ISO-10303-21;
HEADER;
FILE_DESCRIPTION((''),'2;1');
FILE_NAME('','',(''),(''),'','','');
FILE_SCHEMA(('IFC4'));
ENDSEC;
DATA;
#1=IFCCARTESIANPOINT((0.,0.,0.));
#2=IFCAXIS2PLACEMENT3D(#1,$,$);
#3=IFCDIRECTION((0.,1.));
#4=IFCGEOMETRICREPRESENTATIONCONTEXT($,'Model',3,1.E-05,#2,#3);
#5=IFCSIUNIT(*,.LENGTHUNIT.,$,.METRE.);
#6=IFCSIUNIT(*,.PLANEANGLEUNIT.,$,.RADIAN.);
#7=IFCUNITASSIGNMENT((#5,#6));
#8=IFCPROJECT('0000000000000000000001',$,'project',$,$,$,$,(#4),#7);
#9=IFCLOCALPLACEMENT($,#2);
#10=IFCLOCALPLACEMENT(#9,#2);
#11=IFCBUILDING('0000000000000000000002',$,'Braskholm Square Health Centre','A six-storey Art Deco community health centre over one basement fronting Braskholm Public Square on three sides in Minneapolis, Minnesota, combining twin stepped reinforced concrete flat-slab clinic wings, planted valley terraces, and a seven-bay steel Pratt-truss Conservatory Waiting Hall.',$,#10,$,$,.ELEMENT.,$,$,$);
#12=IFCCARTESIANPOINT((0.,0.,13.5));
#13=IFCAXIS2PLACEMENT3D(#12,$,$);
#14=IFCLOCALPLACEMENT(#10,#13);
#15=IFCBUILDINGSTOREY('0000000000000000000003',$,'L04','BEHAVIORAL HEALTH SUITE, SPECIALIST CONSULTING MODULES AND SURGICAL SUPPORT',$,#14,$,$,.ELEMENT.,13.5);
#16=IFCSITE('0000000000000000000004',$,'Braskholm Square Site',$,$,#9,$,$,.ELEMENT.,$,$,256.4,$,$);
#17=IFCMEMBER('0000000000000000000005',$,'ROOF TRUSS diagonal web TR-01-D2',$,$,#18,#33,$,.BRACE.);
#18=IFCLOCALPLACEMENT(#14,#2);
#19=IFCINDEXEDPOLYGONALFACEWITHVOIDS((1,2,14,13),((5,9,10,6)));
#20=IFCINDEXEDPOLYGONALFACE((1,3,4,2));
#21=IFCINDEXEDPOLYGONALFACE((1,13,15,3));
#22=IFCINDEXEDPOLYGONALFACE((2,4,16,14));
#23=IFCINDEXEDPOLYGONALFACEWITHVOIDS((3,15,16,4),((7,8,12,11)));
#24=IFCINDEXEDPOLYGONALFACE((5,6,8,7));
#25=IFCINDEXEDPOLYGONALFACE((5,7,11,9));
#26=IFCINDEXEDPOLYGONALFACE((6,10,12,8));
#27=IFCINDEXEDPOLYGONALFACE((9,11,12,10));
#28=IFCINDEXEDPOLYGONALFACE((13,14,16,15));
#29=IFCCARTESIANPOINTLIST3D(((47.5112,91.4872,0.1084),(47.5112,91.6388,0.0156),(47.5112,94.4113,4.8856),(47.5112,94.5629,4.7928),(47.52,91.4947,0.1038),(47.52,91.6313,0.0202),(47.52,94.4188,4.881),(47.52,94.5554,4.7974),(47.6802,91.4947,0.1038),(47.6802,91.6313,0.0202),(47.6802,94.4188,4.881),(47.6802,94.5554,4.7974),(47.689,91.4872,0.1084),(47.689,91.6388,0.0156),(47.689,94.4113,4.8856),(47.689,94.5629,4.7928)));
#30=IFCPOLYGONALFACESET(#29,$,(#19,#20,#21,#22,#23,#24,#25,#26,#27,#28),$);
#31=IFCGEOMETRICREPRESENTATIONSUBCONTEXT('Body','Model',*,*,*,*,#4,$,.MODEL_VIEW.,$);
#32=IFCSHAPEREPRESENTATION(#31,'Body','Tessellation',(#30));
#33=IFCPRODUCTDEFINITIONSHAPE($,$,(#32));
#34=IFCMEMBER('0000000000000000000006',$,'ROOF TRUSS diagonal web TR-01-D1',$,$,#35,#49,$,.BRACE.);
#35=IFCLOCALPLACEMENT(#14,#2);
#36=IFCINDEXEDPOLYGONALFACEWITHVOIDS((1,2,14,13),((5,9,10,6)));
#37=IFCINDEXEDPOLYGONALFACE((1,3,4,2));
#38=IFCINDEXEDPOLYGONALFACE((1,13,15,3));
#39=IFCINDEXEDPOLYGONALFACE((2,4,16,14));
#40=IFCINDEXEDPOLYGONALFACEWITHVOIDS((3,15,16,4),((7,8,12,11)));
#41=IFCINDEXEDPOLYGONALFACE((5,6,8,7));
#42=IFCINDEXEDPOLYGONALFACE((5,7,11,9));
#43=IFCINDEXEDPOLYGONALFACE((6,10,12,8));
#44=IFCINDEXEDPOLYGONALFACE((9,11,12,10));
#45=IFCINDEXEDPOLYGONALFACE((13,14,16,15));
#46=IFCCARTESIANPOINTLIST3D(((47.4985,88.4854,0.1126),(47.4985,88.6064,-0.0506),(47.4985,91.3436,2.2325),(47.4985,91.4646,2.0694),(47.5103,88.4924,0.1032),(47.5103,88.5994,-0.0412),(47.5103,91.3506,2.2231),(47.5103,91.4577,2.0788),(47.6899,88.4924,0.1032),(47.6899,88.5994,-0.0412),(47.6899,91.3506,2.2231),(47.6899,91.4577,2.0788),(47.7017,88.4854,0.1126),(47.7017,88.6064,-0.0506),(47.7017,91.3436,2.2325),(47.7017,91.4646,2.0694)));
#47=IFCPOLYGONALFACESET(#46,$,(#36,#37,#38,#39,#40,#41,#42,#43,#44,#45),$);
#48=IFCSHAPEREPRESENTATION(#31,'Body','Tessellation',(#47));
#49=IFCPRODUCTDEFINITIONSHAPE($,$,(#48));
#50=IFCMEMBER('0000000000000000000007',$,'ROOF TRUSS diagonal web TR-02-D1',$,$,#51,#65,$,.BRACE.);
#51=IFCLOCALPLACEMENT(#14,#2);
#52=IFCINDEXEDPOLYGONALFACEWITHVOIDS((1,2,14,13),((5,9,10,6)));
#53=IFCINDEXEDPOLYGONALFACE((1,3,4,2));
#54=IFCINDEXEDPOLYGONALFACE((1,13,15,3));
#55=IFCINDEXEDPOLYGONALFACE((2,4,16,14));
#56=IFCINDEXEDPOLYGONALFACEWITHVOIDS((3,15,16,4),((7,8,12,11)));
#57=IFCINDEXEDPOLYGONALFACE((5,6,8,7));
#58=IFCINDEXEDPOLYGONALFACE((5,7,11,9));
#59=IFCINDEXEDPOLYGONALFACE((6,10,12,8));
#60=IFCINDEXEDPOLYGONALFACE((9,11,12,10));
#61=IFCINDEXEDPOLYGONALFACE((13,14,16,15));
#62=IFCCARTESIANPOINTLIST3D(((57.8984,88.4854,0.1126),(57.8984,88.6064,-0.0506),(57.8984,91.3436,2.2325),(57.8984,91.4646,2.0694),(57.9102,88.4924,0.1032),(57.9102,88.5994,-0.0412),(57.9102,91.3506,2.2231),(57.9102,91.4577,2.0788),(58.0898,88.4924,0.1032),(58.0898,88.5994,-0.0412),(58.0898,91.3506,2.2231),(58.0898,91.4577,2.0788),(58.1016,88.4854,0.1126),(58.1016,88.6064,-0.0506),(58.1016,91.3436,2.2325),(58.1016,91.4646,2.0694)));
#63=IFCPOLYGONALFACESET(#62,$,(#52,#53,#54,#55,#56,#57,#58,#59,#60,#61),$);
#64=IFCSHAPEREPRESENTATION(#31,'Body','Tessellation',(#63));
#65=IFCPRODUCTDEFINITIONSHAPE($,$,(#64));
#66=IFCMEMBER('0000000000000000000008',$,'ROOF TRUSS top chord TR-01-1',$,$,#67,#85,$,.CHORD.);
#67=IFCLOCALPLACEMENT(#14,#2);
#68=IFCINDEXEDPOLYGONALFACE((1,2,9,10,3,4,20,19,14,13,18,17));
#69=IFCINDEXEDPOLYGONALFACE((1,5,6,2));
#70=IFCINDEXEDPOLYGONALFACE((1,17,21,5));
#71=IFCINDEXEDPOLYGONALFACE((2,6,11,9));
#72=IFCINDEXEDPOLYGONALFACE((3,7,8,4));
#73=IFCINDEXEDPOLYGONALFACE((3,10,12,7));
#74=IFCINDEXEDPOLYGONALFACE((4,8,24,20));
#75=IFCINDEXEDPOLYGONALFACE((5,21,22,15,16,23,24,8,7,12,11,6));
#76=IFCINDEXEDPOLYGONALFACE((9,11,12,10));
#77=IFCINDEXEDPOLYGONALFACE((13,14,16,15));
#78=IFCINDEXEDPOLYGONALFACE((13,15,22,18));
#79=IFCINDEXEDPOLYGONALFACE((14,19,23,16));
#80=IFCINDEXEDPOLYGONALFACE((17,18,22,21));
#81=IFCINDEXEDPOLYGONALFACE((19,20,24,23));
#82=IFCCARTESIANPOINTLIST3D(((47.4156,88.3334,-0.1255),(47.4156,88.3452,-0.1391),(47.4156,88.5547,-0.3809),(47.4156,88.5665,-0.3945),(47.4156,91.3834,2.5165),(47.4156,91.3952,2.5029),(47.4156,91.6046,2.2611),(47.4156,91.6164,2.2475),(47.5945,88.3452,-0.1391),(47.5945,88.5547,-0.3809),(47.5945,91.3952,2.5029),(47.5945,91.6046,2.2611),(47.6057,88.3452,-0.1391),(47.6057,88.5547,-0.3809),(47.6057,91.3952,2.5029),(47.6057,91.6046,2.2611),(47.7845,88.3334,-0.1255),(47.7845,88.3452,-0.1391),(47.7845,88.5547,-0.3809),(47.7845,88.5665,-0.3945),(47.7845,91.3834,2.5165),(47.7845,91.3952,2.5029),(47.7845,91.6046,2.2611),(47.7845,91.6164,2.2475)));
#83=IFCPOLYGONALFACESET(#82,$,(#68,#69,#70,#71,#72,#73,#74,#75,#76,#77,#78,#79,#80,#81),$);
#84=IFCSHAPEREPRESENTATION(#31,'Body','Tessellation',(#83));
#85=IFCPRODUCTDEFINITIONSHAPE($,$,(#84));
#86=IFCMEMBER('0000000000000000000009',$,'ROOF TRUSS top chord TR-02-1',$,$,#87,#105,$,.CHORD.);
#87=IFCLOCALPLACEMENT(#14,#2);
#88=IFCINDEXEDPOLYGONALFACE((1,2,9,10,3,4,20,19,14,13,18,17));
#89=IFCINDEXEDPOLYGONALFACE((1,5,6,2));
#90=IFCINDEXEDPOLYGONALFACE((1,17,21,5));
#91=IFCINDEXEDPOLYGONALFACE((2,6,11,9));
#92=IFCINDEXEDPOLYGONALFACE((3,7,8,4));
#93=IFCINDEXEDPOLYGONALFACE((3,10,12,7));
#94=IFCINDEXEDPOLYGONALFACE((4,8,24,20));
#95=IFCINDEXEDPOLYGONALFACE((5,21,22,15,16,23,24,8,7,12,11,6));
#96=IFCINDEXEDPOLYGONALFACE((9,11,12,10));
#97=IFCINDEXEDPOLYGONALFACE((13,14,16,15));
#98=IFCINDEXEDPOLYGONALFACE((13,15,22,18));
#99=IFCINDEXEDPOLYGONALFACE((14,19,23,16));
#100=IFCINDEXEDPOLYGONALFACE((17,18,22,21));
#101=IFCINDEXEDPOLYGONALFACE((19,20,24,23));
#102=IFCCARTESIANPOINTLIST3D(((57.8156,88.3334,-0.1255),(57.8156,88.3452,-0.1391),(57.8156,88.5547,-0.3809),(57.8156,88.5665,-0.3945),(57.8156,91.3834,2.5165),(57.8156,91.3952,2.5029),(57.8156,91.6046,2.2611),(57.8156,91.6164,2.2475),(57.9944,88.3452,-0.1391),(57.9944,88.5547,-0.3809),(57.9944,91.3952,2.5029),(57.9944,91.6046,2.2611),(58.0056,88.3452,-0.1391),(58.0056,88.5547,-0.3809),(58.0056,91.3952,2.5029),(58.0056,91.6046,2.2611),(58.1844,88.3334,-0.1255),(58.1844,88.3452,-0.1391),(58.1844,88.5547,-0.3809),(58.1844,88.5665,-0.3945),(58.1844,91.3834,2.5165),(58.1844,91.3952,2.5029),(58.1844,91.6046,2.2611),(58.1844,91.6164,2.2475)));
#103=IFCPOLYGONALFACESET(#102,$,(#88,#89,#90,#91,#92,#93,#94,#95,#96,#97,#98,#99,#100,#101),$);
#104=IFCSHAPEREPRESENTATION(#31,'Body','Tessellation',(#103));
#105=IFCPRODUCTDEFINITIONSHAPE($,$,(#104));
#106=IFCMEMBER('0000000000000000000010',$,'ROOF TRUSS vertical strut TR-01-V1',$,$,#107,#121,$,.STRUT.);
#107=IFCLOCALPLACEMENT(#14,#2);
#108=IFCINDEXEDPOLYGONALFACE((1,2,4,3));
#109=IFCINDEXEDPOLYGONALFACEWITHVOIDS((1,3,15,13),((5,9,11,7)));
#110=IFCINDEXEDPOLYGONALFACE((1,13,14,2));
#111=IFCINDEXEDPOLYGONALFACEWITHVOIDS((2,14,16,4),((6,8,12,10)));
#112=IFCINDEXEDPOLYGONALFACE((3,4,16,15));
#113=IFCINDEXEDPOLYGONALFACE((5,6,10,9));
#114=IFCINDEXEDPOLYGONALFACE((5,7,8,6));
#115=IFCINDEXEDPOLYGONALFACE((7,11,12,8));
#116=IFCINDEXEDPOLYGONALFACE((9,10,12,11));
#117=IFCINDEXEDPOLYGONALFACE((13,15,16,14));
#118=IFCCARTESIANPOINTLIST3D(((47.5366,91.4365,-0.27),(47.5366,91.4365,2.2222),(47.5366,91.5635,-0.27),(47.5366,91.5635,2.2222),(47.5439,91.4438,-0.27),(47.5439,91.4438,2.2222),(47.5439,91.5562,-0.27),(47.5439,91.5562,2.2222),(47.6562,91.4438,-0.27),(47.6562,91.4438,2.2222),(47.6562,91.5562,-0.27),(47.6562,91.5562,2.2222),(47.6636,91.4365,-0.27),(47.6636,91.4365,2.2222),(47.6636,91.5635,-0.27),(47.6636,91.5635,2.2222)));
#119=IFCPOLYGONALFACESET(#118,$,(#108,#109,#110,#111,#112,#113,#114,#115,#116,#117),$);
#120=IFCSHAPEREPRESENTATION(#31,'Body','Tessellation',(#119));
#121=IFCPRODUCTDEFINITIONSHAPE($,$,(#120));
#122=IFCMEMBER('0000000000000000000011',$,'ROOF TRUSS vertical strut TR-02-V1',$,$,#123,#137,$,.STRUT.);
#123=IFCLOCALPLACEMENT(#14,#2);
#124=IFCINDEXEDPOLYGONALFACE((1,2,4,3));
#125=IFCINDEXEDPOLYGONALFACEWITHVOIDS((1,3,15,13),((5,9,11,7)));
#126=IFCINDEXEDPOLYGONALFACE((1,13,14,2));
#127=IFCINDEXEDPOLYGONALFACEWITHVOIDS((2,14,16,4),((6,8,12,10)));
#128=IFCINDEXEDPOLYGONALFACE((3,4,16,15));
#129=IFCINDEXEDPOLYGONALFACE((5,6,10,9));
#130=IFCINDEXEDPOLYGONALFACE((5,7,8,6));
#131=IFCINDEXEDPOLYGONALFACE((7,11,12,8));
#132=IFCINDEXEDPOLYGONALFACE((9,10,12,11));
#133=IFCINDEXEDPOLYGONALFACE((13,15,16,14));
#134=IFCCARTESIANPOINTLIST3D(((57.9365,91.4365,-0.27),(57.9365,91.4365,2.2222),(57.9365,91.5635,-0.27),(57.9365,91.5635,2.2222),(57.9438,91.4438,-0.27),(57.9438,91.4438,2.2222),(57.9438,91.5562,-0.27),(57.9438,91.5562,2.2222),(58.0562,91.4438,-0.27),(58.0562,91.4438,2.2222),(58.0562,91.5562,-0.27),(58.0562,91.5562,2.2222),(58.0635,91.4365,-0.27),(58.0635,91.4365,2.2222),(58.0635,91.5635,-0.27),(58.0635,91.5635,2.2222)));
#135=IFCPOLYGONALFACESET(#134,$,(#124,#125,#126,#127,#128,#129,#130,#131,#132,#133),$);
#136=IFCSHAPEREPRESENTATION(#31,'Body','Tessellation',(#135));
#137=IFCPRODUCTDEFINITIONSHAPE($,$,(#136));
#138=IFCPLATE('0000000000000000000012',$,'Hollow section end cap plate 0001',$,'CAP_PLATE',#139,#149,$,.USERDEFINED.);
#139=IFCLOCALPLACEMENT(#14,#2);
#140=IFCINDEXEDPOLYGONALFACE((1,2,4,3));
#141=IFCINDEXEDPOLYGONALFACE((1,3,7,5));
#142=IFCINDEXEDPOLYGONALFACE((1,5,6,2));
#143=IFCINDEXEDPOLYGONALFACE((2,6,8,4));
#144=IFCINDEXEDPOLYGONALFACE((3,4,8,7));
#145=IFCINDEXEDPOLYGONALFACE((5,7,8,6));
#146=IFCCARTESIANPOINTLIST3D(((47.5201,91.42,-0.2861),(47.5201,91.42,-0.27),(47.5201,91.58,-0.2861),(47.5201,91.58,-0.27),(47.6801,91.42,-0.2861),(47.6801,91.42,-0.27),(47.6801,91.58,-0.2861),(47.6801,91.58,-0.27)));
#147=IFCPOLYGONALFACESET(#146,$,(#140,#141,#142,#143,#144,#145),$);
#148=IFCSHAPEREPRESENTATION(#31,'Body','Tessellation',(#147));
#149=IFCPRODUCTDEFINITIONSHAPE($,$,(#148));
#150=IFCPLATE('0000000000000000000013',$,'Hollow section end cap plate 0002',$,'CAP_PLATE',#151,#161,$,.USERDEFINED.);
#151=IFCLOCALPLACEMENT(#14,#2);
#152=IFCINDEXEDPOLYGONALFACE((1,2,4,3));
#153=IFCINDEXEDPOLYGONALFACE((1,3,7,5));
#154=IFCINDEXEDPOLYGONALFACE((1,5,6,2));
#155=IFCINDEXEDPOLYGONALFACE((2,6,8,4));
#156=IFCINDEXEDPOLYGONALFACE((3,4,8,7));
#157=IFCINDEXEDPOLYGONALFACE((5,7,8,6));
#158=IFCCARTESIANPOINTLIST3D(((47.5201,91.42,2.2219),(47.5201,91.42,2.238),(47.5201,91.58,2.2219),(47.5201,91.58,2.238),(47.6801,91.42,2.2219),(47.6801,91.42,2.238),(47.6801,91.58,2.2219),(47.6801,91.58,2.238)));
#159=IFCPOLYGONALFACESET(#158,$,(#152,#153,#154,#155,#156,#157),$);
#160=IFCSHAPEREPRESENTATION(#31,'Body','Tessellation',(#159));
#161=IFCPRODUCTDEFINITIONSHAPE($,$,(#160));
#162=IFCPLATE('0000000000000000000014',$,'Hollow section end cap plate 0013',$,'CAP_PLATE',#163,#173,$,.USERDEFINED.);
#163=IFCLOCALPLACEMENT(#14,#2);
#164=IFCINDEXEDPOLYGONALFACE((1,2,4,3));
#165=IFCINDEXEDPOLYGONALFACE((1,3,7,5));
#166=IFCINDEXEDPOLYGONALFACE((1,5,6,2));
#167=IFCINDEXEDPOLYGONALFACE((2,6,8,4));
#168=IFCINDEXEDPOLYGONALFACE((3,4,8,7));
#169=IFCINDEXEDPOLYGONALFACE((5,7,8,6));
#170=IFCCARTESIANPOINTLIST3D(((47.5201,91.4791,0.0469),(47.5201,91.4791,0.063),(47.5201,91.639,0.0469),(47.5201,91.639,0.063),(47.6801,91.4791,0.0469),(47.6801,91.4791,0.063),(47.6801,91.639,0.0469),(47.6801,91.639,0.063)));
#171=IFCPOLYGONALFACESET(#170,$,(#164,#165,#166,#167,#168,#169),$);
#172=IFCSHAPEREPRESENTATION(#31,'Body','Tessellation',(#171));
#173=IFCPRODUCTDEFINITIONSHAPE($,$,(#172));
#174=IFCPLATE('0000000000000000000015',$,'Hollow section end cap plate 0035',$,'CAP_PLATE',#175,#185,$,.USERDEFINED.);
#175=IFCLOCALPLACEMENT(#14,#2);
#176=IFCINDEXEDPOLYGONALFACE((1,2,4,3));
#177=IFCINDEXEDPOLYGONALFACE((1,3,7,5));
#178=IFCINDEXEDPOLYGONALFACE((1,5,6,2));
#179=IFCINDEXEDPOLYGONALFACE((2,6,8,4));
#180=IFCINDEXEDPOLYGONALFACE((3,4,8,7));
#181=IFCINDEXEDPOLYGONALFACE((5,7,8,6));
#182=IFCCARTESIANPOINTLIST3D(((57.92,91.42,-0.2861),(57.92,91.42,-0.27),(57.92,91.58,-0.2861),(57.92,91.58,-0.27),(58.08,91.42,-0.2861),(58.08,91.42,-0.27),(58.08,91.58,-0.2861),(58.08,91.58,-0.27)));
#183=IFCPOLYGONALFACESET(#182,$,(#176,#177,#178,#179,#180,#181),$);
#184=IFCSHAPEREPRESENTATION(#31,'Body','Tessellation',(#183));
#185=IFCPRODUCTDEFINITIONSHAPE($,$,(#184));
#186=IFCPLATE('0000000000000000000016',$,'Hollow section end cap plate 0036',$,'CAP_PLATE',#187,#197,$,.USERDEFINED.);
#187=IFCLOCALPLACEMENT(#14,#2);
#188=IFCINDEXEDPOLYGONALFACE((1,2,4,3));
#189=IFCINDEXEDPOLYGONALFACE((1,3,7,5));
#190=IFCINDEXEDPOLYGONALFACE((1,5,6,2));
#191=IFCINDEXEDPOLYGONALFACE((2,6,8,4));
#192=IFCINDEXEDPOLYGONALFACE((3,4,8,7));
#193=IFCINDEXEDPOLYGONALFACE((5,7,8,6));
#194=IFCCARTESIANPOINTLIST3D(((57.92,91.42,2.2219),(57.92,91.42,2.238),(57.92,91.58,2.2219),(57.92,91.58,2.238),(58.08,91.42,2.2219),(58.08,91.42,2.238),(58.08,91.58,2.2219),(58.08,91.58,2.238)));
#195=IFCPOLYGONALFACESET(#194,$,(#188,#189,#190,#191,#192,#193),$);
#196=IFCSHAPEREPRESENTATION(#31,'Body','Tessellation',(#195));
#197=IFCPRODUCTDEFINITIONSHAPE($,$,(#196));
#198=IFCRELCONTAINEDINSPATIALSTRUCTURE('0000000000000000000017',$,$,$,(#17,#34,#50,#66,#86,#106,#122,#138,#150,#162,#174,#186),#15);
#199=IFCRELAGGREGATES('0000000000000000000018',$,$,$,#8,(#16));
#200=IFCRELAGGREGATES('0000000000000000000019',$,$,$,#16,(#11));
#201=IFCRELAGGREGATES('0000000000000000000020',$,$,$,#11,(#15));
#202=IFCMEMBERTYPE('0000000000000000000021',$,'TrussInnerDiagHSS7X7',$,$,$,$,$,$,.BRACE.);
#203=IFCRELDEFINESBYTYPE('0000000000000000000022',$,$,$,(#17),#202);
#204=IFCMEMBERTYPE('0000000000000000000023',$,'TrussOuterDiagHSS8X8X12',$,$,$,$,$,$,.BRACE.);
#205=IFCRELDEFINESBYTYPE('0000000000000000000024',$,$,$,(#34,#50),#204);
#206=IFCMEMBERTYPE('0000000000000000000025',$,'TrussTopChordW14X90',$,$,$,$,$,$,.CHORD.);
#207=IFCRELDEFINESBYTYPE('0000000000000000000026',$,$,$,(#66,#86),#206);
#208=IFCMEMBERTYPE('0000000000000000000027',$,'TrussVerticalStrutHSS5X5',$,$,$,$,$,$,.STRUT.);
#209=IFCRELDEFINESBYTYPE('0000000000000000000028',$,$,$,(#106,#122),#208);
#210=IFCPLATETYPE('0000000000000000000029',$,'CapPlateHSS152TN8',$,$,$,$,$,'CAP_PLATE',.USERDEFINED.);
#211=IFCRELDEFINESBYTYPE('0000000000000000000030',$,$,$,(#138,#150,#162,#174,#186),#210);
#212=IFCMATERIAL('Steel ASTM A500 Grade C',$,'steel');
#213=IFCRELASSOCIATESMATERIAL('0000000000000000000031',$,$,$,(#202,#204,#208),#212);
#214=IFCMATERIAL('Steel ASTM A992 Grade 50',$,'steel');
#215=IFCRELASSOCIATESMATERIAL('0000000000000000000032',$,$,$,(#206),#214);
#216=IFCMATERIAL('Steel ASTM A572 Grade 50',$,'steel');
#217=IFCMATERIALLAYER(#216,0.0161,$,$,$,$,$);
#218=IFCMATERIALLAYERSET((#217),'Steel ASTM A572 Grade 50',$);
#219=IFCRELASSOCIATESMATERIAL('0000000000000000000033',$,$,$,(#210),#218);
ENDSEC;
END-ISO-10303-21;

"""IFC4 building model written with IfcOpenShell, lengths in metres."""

from ifc_helpers import new_model, si_unit, direction, frame, origin, origin_2d, place, context, subcontext, project, spatial, rectangle, hollow_rectangle, i_section, extrude, material, layer, layer_set, material_profile, profile_set, type_object, element, save


model = new_model("IFC4")

# Units and contexts
model_context = context("Model", 3, precision=1e-05, world=origin(), true_north=direction((0.0, 1.0)))
body_context = subcontext(model_context, "Body", "Model", "MODEL_VIEW")
ifc_project = project(units=[si_unit("LENGTHUNIT", "METRE"), si_unit("PLANEANGLEUNIT", "RADIAN")], contexts=[model_context])

# Site, building, storey
site_placement = place(None, origin())
site = spatial("IfcSite", under=ifc_project, at=site_placement, Name="Braskholm Square Site", CompositionType="ELEMENT", RefElevation=256.4)
building_placement = place(site_placement, origin())
building = spatial("IfcBuilding", under=site, at=building_placement, Name="Braskholm Square Health Centre", Description="A six-storey Art Deco community health centre over one basement fronting Braskholm Public Square on three sides in Minneapolis, Minnesota, combining twin stepped reinforced concrete flat-slab clinic wings, planted valley terraces, and a seven-bay steel Pratt-truss Conservatory Waiting Hall.", CompositionType="ELEMENT")
storey_placement = place(building_placement, frame((0.0, 0.0, 13.5)))
storey = spatial("IfcBuildingStorey", under=building, at=storey_placement, Name="L04", Description="BEHAVIORAL HEALTH SUITE, SPECIALIST CONSULTING MODULES AND SURGICAL SUPPORT", CompositionType="ELEMENT", Elevation=13.5)

# Shared definitions
ifc_material_1 = material(Name="Steel ASTM A500 Grade C", Category="steel")

# Shared definitions
ifc_material_2 = material(Name="Steel ASTM A992 Grade 50", Category="steel")

# Members
ifc_material_profile_1 = material_profile(ifc_material_1, hollow_rectangle(XDim=0.1777, YDim=0.1777, WallThickness=0.0088, at=origin_2d()), Name="HSS7X7X3/8")
ifc_profile_set_1 = profile_set([ifc_material_profile_1], Name="Steel ASTM A500 Grade C")
member_type_1 = type_object("IfcMemberType", Name="TrussInnerDiagHSS7X7", PredefinedType="BRACE", material=ifc_profile_set_1)
member_1_placement = place(storey_placement, frame((47.6001, 91.563, 0.062), z_axis=(0.0, 0.522065, 0.852906), x_axis=(-1.0, 0.0, 0.0)))
element("IfcMember", 1, at=member_1_placement, inside=storey, type_object=member_type_1, Name="ROOF TRUSS diagonal web TR-01-D2", PredefinedType="BRACE", context=body_context, shape_type="SweptSolid", body=[
    extrude(hollow_rectangle(XDim=0.1777, YDim=0.1777, WallThickness=0.0088, at=origin_2d()), origin(), (0.0, 0.0, 1.0), 5.6011),
])
ifc_material_profile_2 = material_profile(ifc_material_1, hollow_rectangle(XDim=0.2031, YDim=0.2031, WallThickness=0.0117, at=origin_2d()), Name="HSS8X8X1/2")
ifc_profile_set_2 = profile_set([ifc_material_profile_2], Name="Steel ASTM A500 Grade C")
member_type_2 = type_object("IfcMemberType", Name="TrussOuterDiagHSS8X8X12", PredefinedType="BRACE", material=ifc_profile_set_2)
for number, where, z_axis, x_axis, name in (
    (2, (47.6001, 88.5459, 0.031), (0.0, 0.803191, 0.595721), (-1.0, 0.0, 0.0), "ROOF TRUSS diagonal web TR-01-D1"),
    (3, (58.0, 88.5459, 0.031), (0.0, 0.803191, 0.595721), (-1.0, 0.0, 0.0), "ROOF TRUSS diagonal web TR-02-D1"),
):
    element("IfcMember", number, at=place(storey_placement, frame(where, z_axis=z_axis, x_axis=x_axis)), inside=storey, type_object=member_type_2, Name=name, PredefinedType="BRACE", context=body_context, shape_type="SweptSolid", body=[
        extrude(hollow_rectangle(XDim=0.2031, YDim=0.2031, WallThickness=0.0117, at=origin_2d()), origin(), (0.0, 0.0, 1.0), 3.5586),
    ])
ifc_material_profile_3 = material_profile(ifc_material_2, i_section(OverallWidth=0.3689, OverallDepth=0.356, WebThickness=0.0112, FlangeThickness=0.0181, at=origin_2d()), Name="W14X90")
ifc_profile_set_3 = profile_set([ifc_material_profile_3], Name="Steel ASTM A992 Grade 50")
member_type_3 = type_object("IfcMemberType", Name="TrussTopChordW14X90", PredefinedType="CHORD", material=ifc_profile_set_3)
for number, where, z_axis, x_axis, name in (
    (4, (47.6001, 88.45, -0.26), (0.0, 0.755847, 0.654749), (-1.0, 0.0, 0.0), "ROOF TRUSS top chord TR-01-1"),
    (5, (58.0, 88.45, -0.26), (0.0, 0.755847, 0.654749), (-1.0, 0.0, 0.0), "ROOF TRUSS top chord TR-02-1"),
):
    element("IfcMember", number, at=place(storey_placement, frame(where, z_axis=z_axis, x_axis=x_axis)), inside=storey, type_object=member_type_3, Name=name, PredefinedType="CHORD", context=body_context, shape_type="SweptSolid", body=[
        extrude(i_section(OverallWidth=0.3689, OverallDepth=0.356, WebThickness=0.0112, FlangeThickness=0.0181, at=origin_2d()), origin(), (0.0, 0.0, 1.0), 4.0352),
    ])
ifc_material_profile_4 = material_profile(ifc_material_1, hollow_rectangle(XDim=0.127, YDim=0.127, WallThickness=0.0073, at=origin_2d()), Name="HSS5X5X5/16")
ifc_profile_set_4 = profile_set([ifc_material_profile_4], Name="Steel ASTM A500 Grade C")
member_type_4 = type_object("IfcMemberType", Name="TrussVerticalStrutHSS5X5", PredefinedType="STRUT", material=ifc_profile_set_4)
for number, where, z_axis, x_axis, name in (
    (6, (47.6001, 91.5, -0.27), (0.0, 0.0, 1.0), (1.0, 0.0, 0.0), "ROOF TRUSS vertical strut TR-01-V1"),
    (7, (58.0, 91.5, -0.27), (0.0, 0.0, 1.0), (1.0, 0.0, 0.0), "ROOF TRUSS vertical strut TR-02-V1"),
):
    element("IfcMember", number, at=place(storey_placement, frame(where, z_axis=z_axis, x_axis=x_axis)), inside=storey, type_object=member_type_4, Name=name, PredefinedType="STRUT", context=body_context, shape_type="SweptSolid", body=[
        extrude(hollow_rectangle(XDim=0.127, YDim=0.127, WallThickness=0.0073, at=origin_2d()), origin(), (0.0, 0.0, 1.0), 2.4922),
    ])

# Plates
ifc_material_3 = material(Name="Steel ASTM A572 Grade 50", Category="steel")
ifc_layer_1 = layer(ifc_material_3, 0.0161)
ifc_layer_set_1 = layer_set([ifc_layer_1], Name="Steel ASTM A572 Grade 50")
plate_type_1 = type_object("IfcPlateType", Name="CapPlateHSS152TN8", ElementType="CAP_PLATE", PredefinedType="USERDEFINED", material=ifc_layer_set_1)
for number, where, z_axis, x_axis, name in (
    (8, (47.6001, 91.5, -0.2861), (0.0, 0.0, 1.0), (1.0, 0.0, 0.0), "Hollow section end cap plate 0001"),
    (9, (47.6001, 91.5, 2.2219), (0.0, 0.0, 1.0), (1.0, 0.0, 0.0), "Hollow section end cap plate 0002"),
    (10, (47.6001, 91.5591, 0.0469), (0.0, 0.0, 1.0), (1.0, 0.0, 0.0), "Hollow section end cap plate 0013"),
    (11, (58.0, 91.5, -0.2861), (0.0, 0.0, 1.0), (1.0, 0.0, 0.0), "Hollow section end cap plate 0035"),
    (12, (58.0, 91.5, 2.2219), (0.0, 0.0, 1.0), (1.0, 0.0, 0.0), "Hollow section end cap plate 0036"),
):
    element("IfcPlate", number, at=place(storey_placement, frame(where, z_axis=z_axis, x_axis=x_axis)), inside=storey, type_object=plate_type_1, Name=name, ObjectType="CAP_PLATE", PredefinedType="USERDEFINED", context=body_context, shape_type="SweptSolid", body=[
        extrude(rectangle(XDim=0.1599, YDim=0.1599, at=origin_2d()), origin(), (0.0, 0.0, 1.0), 0.0161),
    ])

save(model, "model.ifc")
